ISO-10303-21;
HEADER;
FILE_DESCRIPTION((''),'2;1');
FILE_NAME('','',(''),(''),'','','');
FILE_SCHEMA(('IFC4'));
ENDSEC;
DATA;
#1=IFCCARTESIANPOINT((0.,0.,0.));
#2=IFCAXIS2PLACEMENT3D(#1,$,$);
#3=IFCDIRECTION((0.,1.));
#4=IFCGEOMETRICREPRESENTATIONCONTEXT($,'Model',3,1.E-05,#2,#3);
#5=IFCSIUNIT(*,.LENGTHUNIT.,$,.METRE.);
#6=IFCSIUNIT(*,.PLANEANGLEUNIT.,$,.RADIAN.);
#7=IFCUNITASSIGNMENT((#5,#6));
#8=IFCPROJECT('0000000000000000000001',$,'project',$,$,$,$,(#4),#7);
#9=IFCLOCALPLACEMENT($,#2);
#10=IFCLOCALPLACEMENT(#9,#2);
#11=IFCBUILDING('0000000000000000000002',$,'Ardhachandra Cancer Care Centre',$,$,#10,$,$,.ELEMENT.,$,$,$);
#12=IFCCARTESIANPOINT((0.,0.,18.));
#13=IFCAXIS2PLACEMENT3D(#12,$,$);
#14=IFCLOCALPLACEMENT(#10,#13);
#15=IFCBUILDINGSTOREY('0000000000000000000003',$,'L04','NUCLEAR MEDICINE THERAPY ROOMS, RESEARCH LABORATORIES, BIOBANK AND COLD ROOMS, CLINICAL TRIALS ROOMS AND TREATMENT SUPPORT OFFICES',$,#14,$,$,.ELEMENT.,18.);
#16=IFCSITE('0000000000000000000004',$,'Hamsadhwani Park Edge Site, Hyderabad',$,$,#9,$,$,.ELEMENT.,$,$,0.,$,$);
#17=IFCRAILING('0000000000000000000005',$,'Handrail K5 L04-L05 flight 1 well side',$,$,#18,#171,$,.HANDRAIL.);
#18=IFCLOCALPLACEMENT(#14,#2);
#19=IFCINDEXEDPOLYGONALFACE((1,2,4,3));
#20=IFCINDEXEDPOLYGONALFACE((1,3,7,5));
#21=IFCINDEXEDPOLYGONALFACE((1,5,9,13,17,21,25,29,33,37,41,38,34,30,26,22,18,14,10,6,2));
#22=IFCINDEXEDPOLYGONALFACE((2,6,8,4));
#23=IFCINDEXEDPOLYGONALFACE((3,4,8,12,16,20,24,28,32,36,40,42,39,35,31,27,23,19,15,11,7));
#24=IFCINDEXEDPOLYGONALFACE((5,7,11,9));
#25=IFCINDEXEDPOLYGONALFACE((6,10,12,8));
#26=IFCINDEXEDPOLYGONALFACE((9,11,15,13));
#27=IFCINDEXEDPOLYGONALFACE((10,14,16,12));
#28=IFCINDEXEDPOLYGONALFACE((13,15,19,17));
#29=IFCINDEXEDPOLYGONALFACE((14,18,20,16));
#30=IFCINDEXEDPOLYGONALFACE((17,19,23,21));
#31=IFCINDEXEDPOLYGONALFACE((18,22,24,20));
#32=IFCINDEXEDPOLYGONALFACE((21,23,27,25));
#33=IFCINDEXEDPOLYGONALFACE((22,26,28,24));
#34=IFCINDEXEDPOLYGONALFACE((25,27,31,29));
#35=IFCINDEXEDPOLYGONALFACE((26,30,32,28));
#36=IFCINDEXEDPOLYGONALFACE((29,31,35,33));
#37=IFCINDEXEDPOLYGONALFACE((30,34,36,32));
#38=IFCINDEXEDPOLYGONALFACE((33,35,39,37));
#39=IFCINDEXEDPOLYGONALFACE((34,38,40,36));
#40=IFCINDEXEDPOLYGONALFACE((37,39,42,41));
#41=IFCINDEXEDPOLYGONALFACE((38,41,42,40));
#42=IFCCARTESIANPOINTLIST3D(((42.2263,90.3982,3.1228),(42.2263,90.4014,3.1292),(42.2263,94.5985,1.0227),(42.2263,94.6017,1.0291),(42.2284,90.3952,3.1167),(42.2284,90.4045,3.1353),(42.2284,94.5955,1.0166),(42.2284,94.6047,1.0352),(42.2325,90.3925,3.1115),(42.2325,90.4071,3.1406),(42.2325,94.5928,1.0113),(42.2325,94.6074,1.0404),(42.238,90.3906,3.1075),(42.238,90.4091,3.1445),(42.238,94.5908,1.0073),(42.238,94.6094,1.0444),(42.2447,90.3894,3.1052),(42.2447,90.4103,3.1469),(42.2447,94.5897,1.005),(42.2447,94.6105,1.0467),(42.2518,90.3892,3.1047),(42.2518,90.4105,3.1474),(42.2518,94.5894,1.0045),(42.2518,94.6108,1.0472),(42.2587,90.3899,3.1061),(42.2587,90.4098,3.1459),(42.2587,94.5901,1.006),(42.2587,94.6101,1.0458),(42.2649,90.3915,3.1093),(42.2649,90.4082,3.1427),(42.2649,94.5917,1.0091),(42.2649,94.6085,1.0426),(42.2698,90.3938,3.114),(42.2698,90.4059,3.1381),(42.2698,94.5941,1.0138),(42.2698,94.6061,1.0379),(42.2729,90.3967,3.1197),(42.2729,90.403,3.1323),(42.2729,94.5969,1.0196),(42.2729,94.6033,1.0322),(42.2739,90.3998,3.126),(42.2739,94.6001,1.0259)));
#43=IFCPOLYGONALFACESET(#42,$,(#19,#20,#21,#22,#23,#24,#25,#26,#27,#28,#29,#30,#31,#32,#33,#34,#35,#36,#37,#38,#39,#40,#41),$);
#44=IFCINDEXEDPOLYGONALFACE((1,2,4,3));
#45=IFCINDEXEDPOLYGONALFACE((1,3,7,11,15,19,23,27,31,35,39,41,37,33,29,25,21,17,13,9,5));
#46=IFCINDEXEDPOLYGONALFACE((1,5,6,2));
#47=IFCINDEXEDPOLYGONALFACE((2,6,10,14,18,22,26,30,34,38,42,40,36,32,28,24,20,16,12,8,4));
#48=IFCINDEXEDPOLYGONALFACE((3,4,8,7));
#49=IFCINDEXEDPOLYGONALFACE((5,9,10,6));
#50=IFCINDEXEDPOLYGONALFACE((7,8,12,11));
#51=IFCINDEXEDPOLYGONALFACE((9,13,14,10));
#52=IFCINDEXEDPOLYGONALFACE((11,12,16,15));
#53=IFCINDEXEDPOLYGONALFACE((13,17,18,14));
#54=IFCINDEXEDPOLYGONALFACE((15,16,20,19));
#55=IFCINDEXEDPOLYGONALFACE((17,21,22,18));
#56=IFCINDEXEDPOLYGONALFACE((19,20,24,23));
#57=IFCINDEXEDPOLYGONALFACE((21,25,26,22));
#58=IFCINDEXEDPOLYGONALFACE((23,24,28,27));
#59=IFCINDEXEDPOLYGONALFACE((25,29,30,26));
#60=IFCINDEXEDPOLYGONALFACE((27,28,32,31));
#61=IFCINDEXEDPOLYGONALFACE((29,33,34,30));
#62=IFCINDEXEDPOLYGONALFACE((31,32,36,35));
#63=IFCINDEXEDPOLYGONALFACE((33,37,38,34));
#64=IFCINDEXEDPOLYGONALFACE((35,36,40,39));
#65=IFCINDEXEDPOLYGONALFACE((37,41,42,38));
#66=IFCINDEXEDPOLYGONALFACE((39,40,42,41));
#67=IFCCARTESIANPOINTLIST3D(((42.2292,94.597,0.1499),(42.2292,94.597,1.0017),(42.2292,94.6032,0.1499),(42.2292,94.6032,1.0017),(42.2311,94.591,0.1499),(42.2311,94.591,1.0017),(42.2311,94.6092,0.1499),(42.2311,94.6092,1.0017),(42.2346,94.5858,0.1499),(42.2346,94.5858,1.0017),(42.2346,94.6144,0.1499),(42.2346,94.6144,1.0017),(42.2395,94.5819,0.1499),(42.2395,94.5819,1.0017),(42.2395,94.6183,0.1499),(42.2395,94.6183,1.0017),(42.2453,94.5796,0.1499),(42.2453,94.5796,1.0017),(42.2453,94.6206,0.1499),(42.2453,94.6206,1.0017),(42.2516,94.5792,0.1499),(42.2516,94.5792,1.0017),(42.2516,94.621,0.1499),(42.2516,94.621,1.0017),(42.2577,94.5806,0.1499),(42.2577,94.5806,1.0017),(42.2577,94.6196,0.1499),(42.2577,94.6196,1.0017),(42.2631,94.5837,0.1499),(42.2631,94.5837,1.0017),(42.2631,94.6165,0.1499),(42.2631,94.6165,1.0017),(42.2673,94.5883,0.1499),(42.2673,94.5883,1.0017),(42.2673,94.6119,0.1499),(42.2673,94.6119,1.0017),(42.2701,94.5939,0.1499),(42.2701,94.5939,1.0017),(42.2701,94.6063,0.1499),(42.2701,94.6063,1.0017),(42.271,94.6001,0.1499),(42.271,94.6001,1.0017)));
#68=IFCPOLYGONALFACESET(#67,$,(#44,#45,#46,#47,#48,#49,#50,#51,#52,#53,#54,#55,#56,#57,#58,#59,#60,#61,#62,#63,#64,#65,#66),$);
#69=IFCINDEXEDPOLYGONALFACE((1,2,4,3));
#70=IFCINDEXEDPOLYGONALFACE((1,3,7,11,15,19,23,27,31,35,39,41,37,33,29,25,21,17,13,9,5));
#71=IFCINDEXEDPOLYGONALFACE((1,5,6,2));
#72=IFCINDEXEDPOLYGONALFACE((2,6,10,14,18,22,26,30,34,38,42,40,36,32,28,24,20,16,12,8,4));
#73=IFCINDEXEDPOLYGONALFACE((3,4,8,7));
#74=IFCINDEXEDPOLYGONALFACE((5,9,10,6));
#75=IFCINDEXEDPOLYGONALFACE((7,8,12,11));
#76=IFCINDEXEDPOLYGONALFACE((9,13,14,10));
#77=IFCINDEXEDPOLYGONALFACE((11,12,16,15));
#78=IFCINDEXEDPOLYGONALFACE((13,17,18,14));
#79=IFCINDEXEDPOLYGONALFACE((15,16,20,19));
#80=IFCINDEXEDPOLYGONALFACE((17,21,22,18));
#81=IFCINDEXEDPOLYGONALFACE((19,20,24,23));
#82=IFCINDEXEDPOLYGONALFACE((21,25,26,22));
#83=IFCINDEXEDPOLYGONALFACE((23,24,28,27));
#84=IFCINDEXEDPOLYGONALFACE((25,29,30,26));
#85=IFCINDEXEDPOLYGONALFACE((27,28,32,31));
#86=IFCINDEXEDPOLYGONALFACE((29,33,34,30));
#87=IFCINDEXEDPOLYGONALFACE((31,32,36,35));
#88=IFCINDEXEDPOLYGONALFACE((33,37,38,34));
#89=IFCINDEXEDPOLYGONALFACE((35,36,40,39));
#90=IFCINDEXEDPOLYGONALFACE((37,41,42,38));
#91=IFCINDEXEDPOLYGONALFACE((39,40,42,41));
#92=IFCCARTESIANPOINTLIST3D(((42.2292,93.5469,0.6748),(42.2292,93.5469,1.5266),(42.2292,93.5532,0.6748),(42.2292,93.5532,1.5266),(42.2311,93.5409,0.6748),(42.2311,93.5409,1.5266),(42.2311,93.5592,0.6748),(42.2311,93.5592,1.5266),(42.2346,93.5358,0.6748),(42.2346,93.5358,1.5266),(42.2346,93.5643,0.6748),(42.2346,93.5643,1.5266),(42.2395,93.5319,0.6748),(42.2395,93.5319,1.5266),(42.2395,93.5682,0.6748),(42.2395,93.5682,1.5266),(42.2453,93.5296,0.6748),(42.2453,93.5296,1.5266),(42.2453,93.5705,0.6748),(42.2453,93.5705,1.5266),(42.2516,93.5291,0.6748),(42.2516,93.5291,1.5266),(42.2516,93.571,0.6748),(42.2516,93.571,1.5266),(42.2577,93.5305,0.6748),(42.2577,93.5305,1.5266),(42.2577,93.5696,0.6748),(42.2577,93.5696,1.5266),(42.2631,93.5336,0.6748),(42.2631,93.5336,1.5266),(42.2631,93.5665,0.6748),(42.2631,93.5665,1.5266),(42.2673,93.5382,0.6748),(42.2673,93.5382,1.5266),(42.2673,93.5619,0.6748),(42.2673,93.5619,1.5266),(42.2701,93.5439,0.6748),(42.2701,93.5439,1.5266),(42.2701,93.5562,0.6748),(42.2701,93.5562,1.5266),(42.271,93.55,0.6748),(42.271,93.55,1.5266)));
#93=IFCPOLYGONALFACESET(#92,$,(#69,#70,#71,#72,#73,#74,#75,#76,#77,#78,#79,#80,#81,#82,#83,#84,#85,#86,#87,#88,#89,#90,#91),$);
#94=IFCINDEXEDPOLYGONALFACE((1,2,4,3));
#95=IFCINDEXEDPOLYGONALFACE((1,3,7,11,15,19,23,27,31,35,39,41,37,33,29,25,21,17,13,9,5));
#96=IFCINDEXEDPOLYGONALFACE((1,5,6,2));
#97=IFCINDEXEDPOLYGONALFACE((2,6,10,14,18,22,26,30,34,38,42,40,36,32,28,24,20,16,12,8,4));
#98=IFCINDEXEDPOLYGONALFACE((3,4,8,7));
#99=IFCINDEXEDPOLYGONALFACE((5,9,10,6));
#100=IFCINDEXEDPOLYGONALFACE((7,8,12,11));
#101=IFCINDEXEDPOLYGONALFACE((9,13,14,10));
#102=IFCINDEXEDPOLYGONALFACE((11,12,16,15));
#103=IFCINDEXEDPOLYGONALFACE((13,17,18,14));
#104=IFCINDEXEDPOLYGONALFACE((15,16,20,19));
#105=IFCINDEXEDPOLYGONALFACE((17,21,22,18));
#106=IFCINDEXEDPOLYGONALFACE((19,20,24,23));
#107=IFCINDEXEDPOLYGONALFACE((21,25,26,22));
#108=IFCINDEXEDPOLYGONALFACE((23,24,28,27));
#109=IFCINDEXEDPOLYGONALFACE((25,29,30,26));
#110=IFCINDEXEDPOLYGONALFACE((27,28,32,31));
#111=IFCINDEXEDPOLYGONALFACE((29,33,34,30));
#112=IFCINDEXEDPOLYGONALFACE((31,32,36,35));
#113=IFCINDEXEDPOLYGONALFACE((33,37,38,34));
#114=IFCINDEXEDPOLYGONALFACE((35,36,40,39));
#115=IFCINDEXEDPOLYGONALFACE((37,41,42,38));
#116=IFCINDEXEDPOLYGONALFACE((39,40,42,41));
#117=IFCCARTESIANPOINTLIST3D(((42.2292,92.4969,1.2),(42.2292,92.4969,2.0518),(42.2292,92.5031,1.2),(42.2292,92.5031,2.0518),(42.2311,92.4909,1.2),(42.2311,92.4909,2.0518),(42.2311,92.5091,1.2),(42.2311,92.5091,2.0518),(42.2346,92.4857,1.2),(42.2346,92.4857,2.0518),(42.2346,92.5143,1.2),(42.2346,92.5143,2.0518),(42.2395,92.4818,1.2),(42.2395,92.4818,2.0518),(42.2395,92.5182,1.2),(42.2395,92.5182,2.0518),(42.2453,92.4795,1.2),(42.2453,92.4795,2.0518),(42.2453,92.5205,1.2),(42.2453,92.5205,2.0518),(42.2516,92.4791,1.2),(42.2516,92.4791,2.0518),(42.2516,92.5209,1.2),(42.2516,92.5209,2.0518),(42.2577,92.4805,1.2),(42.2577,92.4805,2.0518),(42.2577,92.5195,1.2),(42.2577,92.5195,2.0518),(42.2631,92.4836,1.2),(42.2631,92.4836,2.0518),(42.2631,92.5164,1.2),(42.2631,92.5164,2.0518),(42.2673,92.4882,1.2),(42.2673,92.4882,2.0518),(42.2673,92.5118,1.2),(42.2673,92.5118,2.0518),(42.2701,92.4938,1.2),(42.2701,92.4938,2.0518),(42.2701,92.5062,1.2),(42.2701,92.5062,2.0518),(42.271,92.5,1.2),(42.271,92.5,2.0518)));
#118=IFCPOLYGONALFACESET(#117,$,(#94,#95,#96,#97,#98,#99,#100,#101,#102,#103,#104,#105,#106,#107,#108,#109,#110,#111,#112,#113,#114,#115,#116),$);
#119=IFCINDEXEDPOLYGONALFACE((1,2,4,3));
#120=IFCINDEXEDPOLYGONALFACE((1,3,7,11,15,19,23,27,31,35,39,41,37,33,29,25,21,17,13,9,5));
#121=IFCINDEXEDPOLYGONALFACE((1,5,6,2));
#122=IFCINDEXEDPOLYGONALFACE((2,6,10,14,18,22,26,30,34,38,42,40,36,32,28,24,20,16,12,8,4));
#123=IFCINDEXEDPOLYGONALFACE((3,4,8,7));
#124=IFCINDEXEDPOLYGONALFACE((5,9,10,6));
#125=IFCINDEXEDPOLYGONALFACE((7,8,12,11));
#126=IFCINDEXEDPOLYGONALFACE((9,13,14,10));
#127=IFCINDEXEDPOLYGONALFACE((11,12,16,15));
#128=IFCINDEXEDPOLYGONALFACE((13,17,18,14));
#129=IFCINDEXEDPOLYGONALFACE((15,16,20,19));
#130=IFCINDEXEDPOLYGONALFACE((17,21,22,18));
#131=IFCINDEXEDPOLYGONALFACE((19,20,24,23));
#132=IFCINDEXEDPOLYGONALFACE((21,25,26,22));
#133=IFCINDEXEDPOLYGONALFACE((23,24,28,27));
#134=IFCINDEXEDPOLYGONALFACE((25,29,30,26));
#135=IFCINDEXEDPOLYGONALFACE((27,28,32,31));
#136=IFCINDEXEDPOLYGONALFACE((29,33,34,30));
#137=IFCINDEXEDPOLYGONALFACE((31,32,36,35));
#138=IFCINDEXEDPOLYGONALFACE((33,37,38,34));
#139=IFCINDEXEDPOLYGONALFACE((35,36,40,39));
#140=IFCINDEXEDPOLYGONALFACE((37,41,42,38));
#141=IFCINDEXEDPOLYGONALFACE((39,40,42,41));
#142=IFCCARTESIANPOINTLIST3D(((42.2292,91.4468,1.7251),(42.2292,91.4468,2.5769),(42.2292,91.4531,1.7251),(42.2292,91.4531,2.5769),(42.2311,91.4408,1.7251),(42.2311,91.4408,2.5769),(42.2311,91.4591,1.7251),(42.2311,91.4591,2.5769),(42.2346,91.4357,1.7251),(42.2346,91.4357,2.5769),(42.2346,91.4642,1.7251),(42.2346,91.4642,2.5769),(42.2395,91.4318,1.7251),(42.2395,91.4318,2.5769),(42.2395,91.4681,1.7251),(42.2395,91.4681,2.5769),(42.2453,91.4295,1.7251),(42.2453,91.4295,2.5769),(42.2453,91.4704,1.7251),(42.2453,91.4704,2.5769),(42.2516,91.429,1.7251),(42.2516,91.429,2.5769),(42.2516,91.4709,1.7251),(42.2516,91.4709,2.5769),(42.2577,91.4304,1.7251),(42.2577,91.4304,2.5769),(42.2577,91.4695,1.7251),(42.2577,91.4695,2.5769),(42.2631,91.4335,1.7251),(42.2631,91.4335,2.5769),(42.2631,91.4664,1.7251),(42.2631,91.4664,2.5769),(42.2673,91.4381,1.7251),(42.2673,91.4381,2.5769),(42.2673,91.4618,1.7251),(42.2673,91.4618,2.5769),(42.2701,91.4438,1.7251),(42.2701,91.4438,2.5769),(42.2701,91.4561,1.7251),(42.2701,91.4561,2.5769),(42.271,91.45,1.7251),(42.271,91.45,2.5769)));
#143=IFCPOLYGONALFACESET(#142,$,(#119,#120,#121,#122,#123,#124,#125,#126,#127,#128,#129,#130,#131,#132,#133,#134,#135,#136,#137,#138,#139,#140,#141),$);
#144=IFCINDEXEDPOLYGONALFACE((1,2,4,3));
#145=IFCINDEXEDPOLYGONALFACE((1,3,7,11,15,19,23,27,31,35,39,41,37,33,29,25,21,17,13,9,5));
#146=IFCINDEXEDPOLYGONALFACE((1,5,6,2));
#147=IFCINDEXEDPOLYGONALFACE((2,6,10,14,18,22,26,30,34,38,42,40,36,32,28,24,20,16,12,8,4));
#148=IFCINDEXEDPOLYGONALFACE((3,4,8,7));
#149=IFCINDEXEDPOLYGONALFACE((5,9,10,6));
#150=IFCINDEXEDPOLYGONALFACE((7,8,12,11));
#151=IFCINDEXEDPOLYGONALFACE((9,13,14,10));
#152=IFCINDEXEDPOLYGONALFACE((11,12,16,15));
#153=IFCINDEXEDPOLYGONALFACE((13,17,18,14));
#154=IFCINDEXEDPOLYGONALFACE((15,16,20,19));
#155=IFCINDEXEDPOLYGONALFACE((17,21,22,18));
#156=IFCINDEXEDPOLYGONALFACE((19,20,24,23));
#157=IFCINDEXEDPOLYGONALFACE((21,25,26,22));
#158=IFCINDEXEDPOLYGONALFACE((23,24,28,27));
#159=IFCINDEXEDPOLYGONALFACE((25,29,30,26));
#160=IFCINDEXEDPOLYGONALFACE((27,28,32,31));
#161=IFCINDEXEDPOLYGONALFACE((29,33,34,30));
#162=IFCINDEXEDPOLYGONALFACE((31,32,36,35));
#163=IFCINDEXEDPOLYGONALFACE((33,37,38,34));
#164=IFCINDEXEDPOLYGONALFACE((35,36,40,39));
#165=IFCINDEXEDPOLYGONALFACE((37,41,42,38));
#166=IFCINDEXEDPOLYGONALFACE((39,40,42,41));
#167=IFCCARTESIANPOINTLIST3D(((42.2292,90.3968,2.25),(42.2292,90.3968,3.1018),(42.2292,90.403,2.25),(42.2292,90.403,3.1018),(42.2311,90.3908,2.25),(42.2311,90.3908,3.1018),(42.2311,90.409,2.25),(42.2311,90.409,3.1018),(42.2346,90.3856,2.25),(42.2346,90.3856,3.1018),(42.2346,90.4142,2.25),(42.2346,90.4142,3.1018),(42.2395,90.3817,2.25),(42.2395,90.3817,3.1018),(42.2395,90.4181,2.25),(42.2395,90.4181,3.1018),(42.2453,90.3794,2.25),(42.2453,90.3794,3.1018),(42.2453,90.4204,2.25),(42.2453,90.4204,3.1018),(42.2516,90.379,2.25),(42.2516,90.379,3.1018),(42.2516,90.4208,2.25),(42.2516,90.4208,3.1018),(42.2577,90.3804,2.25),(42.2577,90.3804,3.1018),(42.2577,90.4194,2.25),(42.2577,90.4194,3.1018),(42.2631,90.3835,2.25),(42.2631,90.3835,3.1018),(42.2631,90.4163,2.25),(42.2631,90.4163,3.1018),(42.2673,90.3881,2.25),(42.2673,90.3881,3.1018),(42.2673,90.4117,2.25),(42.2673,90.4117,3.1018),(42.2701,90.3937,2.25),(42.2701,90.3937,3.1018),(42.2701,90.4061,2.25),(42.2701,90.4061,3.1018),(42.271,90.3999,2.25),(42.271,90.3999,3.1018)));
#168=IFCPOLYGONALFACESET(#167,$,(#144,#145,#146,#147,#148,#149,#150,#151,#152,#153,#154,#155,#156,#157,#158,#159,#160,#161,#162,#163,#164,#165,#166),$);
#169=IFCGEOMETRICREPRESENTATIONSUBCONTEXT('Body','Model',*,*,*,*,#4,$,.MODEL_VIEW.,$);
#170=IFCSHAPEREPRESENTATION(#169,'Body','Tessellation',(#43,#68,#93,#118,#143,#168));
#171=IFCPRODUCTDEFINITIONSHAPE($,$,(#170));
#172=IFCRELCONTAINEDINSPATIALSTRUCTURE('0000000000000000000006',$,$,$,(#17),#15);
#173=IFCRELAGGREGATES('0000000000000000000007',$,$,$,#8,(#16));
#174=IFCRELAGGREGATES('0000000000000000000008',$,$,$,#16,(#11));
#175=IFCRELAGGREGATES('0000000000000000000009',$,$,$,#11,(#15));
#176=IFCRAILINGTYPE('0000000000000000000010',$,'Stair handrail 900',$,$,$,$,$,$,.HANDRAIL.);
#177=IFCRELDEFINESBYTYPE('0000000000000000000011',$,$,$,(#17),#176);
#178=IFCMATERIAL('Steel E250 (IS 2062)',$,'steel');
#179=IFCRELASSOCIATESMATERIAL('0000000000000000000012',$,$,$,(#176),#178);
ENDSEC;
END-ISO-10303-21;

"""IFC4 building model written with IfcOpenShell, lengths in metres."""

from ifc_helpers import new_model, si_unit, direction, frame, origin, origin_2d, place, context, subcontext, project, spatial, circle, extrude, material, type_object, element, save


model = new_model("IFC4")

# Units and contexts
model_context = context("Model", 3, precision=1e-05, world=origin(), true_north=direction((0.0, 1.0)))
body_context = subcontext(model_context, "Body", "Model", "MODEL_VIEW")
ifc_project = project(units=[si_unit("LENGTHUNIT", "METRE"), si_unit("PLANEANGLEUNIT", "RADIAN")], contexts=[model_context])

# Site, building, storey
site_placement = place(None, origin())
site = spatial("IfcSite", under=ifc_project, at=site_placement, Name="Hamsadhwani Park Edge Site, Hyderabad", CompositionType="ELEMENT", RefElevation=0.0)
building_placement = place(site_placement, origin())
building = spatial("IfcBuilding", under=site, at=building_placement, Name="Ardhachandra Cancer Care Centre", CompositionType="ELEMENT")
storey_placement = place(building_placement, frame((0.0, 0.0, 18.0)))
storey = spatial("IfcBuildingStorey", under=building, at=storey_placement, Name="L04", Description="NUCLEAR MEDICINE THERAPY ROOMS, RESEARCH LABORATORIES, BIOBANK AND COLD ROOMS, CLINICAL TRIALS ROOMS AND TREATMENT SUPPORT OFFICES", CompositionType="ELEMENT", Elevation=18.0)

# Railing
ifc_material_1 = material(Name="Steel E250 (IS 2062)", Category="steel")
railing_type_1 = type_object("IfcRailingType", Name="Stair handrail 900", PredefinedType="HANDRAIL", material=ifc_material_1)
for number, where, name in (
    (1, (42.25, 94.6001, 0.1499), "Handrail K5 L04-L05 flight 1 well side"),
):
    element("IfcRailing", number, at=place(storey_placement, frame(where)), inside=storey, type_object=railing_type_1, Name=name, PredefinedType="HANDRAIL", context=body_context, shape_type="SweptSolid", body=[
        extrude(circle(Radius=0.0239, at=origin_2d()), frame((0.0, 0.0, 0.876), z_axis=(0.0, -0.894427, 0.447214), x_axis=(1.0, 0.0, 0.0)), (0.0, 0.0, 1.0), 4.696),
        extrude(circle(Radius=0.021, at=origin_2d()), origin(), (0.0, 0.0, 1.0), 0.8518),
        extrude(circle(Radius=0.021, at=origin_2d()), frame((0.0, -1.05, 0.5249)), (0.0, 0.0, 1.0), 0.8518),
        extrude(circle(Radius=0.021, at=origin_2d()), frame((0.0, -2.1001, 1.05)), (0.0, 0.0, 1.0), 0.8518),
        extrude(circle(Radius=0.021, at=origin_2d()), frame((0.0, -3.1501, 1.5752)), (0.0, 0.0, 1.0), 0.8518),
        extrude(circle(Radius=0.021, at=origin_2d()), frame((0.0, -4.2002, 2.1001)), (0.0, 0.0, 1.0), 0.8518),
    ])

save(model, "model.ifc")
